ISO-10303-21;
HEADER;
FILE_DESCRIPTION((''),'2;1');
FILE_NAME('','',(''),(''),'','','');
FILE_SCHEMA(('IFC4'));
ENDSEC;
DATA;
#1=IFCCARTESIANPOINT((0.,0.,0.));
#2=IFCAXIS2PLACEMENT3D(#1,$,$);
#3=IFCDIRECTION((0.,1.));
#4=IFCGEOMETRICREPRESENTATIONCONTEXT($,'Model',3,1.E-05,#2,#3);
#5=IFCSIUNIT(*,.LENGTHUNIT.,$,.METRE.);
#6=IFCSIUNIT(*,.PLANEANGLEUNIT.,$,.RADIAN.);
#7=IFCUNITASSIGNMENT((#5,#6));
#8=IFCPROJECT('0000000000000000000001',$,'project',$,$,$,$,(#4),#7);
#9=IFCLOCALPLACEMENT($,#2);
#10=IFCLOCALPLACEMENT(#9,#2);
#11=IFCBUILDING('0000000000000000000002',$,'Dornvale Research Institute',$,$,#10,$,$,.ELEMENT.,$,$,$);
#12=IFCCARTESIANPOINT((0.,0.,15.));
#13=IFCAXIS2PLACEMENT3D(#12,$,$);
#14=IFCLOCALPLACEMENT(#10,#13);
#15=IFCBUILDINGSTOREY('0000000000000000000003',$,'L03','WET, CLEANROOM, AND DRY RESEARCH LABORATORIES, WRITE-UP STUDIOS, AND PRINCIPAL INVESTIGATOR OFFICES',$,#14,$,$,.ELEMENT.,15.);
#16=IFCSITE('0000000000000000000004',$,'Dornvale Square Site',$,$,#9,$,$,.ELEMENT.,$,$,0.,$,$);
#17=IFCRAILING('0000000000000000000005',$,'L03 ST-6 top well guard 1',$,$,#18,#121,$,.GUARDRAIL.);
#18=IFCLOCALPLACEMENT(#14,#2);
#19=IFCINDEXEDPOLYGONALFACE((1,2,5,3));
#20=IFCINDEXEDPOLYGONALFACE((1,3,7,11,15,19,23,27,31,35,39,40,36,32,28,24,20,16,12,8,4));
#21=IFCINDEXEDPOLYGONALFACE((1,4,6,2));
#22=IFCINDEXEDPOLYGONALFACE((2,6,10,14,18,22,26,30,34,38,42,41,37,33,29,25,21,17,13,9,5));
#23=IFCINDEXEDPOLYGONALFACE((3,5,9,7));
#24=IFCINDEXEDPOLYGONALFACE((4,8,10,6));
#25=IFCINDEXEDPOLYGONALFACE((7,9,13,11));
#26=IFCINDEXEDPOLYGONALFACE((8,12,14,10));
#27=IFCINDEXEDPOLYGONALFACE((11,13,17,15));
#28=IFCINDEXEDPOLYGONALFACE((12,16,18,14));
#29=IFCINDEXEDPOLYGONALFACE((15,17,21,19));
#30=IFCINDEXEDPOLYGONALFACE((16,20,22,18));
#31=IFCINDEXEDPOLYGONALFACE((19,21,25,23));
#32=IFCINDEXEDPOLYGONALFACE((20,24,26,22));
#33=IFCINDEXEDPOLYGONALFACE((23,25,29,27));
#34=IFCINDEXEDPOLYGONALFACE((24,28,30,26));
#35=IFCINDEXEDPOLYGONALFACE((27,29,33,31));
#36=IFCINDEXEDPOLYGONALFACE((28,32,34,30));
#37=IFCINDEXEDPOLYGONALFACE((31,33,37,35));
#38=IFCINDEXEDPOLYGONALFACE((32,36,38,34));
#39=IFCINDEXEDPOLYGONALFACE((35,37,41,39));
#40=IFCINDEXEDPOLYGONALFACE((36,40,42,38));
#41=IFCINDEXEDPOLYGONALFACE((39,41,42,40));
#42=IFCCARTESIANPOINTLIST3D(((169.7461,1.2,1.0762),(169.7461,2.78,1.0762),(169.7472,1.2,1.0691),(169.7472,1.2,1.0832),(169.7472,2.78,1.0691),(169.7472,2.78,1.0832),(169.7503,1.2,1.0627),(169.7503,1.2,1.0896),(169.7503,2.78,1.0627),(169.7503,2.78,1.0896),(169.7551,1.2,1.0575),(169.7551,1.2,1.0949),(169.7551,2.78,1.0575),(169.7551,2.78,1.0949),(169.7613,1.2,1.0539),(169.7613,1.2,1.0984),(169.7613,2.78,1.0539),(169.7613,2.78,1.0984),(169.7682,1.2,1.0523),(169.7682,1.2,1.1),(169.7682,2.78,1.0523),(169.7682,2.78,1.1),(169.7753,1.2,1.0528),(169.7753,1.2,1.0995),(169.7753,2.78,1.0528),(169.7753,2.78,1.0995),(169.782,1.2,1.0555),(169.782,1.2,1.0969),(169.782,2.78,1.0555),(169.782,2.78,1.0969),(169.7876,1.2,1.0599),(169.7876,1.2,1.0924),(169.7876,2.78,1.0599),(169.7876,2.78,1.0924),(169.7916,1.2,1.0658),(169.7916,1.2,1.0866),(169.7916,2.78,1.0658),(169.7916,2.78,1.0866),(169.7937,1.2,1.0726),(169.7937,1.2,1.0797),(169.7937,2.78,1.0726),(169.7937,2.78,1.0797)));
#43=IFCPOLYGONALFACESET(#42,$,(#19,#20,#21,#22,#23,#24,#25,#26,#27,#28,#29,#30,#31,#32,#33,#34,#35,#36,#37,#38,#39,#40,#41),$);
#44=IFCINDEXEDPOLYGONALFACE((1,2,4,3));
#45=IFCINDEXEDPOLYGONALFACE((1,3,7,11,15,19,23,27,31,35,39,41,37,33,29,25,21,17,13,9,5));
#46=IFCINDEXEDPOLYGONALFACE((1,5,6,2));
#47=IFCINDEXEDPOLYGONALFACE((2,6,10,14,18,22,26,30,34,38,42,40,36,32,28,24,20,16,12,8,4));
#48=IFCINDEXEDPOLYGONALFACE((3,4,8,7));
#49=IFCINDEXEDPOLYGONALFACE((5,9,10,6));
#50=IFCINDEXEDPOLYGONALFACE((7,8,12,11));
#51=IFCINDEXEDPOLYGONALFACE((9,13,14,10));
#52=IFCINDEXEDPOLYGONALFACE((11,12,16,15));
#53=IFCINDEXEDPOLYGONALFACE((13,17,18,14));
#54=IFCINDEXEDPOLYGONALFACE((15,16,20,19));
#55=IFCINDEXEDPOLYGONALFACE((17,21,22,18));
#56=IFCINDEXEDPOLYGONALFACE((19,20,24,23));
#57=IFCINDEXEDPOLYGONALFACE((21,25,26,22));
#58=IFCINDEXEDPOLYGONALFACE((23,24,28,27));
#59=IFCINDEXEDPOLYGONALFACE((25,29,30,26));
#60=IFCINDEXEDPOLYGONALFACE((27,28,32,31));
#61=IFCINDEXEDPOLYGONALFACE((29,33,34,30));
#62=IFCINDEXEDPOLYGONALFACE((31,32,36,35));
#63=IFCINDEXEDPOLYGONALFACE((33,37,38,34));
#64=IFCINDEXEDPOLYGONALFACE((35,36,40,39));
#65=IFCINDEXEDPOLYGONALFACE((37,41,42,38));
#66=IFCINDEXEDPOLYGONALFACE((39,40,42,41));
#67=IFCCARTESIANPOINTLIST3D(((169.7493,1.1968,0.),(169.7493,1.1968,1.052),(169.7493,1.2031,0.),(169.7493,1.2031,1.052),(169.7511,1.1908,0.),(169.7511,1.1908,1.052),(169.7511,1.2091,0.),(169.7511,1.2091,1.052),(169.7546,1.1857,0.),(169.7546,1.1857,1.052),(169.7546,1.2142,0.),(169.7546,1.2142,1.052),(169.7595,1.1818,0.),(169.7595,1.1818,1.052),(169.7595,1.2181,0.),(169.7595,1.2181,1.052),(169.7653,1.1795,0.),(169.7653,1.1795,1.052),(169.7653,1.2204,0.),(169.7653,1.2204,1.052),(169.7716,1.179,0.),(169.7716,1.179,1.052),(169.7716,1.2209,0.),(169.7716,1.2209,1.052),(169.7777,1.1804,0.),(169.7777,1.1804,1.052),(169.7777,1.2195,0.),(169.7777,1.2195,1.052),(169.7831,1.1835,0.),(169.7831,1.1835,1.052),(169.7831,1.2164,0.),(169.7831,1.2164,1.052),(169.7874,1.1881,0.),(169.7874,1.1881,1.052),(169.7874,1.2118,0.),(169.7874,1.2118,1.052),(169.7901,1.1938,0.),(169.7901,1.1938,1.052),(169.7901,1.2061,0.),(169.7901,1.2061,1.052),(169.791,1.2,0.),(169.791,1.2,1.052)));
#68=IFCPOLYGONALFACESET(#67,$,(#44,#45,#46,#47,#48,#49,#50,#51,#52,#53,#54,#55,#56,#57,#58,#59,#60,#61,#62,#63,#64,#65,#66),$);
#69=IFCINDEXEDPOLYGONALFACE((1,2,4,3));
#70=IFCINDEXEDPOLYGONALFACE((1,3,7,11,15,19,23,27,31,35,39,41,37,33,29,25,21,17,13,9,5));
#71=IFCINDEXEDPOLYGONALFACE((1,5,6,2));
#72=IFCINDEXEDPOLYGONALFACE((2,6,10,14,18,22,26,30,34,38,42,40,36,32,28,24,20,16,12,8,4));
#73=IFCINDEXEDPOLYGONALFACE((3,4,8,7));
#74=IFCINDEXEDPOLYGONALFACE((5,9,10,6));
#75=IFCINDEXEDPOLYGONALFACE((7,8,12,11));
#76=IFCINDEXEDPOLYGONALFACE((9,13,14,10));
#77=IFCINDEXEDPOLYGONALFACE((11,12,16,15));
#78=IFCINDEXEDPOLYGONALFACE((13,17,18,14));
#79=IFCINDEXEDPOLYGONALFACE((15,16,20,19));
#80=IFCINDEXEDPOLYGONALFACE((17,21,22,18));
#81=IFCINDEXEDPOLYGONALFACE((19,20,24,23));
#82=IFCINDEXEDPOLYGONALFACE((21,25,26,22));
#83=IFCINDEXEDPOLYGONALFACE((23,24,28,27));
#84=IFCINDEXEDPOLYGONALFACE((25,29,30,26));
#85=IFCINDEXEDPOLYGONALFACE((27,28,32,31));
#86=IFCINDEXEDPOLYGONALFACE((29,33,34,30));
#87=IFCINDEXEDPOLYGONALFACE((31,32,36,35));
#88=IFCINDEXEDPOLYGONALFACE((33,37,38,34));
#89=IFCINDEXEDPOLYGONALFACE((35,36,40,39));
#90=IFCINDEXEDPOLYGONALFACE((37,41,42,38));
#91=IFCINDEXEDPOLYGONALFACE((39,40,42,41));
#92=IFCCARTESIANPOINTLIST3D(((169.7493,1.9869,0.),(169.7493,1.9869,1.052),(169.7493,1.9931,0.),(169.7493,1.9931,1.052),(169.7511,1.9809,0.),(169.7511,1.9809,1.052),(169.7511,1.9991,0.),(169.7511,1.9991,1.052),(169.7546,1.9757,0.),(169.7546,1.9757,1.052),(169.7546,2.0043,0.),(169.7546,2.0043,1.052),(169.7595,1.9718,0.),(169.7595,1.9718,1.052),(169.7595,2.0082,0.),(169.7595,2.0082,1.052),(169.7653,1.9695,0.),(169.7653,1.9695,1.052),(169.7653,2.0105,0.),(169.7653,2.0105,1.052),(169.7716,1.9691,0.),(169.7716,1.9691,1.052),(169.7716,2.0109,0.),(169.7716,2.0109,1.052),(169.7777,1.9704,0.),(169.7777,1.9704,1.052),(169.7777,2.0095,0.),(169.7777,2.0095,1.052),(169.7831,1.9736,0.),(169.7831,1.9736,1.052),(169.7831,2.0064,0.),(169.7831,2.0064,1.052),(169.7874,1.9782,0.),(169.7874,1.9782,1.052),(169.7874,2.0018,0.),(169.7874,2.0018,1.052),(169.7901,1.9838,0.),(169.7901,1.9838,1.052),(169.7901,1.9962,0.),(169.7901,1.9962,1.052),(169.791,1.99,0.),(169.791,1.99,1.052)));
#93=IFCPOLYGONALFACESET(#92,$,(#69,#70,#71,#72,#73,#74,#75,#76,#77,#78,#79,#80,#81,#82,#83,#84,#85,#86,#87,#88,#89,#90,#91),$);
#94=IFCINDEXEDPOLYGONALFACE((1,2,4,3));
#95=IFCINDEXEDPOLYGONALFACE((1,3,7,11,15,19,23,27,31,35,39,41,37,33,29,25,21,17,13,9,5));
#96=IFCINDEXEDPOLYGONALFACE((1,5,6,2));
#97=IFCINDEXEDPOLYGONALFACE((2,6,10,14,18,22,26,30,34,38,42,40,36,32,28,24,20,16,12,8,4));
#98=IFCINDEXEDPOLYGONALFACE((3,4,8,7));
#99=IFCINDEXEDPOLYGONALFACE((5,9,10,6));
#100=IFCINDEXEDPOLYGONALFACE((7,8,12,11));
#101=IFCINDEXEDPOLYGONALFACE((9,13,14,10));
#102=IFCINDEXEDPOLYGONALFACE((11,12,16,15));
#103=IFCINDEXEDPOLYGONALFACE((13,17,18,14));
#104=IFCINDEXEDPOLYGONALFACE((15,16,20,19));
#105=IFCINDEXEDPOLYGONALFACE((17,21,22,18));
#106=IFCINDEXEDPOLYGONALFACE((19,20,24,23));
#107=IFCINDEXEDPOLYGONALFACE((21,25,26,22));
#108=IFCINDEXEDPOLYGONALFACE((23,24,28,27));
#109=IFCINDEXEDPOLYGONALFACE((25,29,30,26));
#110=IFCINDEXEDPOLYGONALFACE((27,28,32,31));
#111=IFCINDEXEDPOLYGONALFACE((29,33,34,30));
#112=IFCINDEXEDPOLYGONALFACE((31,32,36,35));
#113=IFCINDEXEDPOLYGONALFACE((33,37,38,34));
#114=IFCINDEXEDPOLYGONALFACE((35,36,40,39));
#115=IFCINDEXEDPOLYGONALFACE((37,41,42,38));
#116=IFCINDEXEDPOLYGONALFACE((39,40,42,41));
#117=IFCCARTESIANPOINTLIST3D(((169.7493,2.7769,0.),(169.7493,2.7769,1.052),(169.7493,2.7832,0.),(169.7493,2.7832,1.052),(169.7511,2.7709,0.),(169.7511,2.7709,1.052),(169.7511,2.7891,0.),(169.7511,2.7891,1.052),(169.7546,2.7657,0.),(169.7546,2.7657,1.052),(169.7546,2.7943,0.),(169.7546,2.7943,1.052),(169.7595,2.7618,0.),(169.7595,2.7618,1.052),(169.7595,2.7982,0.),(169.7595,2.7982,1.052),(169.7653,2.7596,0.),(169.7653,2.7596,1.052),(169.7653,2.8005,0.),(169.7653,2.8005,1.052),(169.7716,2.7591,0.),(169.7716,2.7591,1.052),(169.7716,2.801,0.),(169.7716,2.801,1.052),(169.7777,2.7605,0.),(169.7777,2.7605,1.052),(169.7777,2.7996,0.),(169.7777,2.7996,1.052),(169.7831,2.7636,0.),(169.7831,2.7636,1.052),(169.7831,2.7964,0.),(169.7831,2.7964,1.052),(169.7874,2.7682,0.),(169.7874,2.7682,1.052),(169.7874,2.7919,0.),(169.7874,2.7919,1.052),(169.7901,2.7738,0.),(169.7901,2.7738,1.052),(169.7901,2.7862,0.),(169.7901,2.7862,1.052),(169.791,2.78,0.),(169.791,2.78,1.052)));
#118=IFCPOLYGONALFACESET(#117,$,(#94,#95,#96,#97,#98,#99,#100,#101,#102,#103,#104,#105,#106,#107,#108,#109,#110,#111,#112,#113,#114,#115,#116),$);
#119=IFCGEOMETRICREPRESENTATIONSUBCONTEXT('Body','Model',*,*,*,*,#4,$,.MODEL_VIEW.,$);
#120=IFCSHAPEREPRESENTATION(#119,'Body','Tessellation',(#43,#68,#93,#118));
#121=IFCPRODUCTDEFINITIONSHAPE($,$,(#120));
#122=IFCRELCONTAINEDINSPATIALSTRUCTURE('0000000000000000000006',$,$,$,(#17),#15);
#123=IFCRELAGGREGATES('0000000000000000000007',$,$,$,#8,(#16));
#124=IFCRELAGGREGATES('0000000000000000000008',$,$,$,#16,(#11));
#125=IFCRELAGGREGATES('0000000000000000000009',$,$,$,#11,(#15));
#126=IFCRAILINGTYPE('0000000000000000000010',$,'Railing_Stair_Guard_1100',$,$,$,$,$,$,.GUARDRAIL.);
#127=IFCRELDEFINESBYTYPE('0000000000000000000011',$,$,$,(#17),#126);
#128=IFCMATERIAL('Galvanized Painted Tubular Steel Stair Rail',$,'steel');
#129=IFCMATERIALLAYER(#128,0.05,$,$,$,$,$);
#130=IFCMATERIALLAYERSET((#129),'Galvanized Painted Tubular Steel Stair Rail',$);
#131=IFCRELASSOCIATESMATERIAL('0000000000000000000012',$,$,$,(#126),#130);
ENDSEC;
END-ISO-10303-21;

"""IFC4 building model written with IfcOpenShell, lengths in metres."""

from ifc_helpers import new_model, si_unit, direction, frame, origin, origin_2d, place, context, subcontext, project, spatial, circle, extrude, material, layer, layer_set, type_object, element, save


model = new_model("IFC4")

# Units and contexts
model_context = context("Model", 3, precision=1e-05, world=origin(), true_north=direction((0.0, 1.0)))
body_context = subcontext(model_context, "Body", "Model", "MODEL_VIEW")
ifc_project = project(units=[si_unit("LENGTHUNIT", "METRE"), si_unit("PLANEANGLEUNIT", "RADIAN")], contexts=[model_context])

# Site, building, storey
site_placement = place(None, origin())
site = spatial("IfcSite", under=ifc_project, at=site_placement, Name="Dornvale Square Site", CompositionType="ELEMENT", RefElevation=0.0)
building_placement = place(site_placement, origin())
building = spatial("IfcBuilding", under=site, at=building_placement, Name="Dornvale Research Institute", CompositionType="ELEMENT")
storey_placement = place(building_placement, frame((0.0, 0.0, 15.0)))
storey = spatial("IfcBuildingStorey", under=building, at=storey_placement, Name="L03", Description="WET, CLEANROOM, AND DRY RESEARCH LABORATORIES, WRITE-UP STUDIOS, AND PRINCIPAL INVESTIGATOR OFFICES", CompositionType="ELEMENT", Elevation=15.0)

# Railing
ifc_material_1 = material(Name="Galvanized Painted Tubular Steel Stair Rail", Category="steel")
ifc_layer_1 = layer(ifc_material_1, 0.05)
ifc_layer_set_1 = layer_set([ifc_layer_1], Name="Galvanized Painted Tubular Steel Stair Rail")
railing_type = type_object("IfcRailingType", Name="Railing_Stair_Guard_1100", PredefinedType="GUARDRAIL", material=ifc_layer_set_1)
railing_placement = place(storey_placement, frame((169.77, 1.2, 0.0)))
element("IfcRailing", 1, at=railing_placement, inside=storey, type_object=railing_type, Name="L03 ST-6 top well guard 1", PredefinedType="GUARDRAIL", context=body_context, shape_type="SweptSolid", body=[
    extrude(circle(Radius=0.0239, at=origin_2d()), frame((0.0, 0.0, 1.0762), z_axis=(0.0, 1.0, 0.0), x_axis=(-1.0, 0.0, 0.0)), (0.0, 0.0, 1.0), 1.5801),
    extrude(circle(Radius=0.021, at=origin_2d()), origin(), (0.0, 0.0, 1.0), 1.052),
    extrude(circle(Radius=0.021, at=origin_2d()), frame((0.0, 0.79, 0.0)), (0.0, 0.0, 1.0), 1.052),
    extrude(circle(Radius=0.021, at=origin_2d()), frame((0.0, 1.5801, 0.0)), (0.0, 0.0, 1.0), 1.052),
])

save(model, "model.ifc")
